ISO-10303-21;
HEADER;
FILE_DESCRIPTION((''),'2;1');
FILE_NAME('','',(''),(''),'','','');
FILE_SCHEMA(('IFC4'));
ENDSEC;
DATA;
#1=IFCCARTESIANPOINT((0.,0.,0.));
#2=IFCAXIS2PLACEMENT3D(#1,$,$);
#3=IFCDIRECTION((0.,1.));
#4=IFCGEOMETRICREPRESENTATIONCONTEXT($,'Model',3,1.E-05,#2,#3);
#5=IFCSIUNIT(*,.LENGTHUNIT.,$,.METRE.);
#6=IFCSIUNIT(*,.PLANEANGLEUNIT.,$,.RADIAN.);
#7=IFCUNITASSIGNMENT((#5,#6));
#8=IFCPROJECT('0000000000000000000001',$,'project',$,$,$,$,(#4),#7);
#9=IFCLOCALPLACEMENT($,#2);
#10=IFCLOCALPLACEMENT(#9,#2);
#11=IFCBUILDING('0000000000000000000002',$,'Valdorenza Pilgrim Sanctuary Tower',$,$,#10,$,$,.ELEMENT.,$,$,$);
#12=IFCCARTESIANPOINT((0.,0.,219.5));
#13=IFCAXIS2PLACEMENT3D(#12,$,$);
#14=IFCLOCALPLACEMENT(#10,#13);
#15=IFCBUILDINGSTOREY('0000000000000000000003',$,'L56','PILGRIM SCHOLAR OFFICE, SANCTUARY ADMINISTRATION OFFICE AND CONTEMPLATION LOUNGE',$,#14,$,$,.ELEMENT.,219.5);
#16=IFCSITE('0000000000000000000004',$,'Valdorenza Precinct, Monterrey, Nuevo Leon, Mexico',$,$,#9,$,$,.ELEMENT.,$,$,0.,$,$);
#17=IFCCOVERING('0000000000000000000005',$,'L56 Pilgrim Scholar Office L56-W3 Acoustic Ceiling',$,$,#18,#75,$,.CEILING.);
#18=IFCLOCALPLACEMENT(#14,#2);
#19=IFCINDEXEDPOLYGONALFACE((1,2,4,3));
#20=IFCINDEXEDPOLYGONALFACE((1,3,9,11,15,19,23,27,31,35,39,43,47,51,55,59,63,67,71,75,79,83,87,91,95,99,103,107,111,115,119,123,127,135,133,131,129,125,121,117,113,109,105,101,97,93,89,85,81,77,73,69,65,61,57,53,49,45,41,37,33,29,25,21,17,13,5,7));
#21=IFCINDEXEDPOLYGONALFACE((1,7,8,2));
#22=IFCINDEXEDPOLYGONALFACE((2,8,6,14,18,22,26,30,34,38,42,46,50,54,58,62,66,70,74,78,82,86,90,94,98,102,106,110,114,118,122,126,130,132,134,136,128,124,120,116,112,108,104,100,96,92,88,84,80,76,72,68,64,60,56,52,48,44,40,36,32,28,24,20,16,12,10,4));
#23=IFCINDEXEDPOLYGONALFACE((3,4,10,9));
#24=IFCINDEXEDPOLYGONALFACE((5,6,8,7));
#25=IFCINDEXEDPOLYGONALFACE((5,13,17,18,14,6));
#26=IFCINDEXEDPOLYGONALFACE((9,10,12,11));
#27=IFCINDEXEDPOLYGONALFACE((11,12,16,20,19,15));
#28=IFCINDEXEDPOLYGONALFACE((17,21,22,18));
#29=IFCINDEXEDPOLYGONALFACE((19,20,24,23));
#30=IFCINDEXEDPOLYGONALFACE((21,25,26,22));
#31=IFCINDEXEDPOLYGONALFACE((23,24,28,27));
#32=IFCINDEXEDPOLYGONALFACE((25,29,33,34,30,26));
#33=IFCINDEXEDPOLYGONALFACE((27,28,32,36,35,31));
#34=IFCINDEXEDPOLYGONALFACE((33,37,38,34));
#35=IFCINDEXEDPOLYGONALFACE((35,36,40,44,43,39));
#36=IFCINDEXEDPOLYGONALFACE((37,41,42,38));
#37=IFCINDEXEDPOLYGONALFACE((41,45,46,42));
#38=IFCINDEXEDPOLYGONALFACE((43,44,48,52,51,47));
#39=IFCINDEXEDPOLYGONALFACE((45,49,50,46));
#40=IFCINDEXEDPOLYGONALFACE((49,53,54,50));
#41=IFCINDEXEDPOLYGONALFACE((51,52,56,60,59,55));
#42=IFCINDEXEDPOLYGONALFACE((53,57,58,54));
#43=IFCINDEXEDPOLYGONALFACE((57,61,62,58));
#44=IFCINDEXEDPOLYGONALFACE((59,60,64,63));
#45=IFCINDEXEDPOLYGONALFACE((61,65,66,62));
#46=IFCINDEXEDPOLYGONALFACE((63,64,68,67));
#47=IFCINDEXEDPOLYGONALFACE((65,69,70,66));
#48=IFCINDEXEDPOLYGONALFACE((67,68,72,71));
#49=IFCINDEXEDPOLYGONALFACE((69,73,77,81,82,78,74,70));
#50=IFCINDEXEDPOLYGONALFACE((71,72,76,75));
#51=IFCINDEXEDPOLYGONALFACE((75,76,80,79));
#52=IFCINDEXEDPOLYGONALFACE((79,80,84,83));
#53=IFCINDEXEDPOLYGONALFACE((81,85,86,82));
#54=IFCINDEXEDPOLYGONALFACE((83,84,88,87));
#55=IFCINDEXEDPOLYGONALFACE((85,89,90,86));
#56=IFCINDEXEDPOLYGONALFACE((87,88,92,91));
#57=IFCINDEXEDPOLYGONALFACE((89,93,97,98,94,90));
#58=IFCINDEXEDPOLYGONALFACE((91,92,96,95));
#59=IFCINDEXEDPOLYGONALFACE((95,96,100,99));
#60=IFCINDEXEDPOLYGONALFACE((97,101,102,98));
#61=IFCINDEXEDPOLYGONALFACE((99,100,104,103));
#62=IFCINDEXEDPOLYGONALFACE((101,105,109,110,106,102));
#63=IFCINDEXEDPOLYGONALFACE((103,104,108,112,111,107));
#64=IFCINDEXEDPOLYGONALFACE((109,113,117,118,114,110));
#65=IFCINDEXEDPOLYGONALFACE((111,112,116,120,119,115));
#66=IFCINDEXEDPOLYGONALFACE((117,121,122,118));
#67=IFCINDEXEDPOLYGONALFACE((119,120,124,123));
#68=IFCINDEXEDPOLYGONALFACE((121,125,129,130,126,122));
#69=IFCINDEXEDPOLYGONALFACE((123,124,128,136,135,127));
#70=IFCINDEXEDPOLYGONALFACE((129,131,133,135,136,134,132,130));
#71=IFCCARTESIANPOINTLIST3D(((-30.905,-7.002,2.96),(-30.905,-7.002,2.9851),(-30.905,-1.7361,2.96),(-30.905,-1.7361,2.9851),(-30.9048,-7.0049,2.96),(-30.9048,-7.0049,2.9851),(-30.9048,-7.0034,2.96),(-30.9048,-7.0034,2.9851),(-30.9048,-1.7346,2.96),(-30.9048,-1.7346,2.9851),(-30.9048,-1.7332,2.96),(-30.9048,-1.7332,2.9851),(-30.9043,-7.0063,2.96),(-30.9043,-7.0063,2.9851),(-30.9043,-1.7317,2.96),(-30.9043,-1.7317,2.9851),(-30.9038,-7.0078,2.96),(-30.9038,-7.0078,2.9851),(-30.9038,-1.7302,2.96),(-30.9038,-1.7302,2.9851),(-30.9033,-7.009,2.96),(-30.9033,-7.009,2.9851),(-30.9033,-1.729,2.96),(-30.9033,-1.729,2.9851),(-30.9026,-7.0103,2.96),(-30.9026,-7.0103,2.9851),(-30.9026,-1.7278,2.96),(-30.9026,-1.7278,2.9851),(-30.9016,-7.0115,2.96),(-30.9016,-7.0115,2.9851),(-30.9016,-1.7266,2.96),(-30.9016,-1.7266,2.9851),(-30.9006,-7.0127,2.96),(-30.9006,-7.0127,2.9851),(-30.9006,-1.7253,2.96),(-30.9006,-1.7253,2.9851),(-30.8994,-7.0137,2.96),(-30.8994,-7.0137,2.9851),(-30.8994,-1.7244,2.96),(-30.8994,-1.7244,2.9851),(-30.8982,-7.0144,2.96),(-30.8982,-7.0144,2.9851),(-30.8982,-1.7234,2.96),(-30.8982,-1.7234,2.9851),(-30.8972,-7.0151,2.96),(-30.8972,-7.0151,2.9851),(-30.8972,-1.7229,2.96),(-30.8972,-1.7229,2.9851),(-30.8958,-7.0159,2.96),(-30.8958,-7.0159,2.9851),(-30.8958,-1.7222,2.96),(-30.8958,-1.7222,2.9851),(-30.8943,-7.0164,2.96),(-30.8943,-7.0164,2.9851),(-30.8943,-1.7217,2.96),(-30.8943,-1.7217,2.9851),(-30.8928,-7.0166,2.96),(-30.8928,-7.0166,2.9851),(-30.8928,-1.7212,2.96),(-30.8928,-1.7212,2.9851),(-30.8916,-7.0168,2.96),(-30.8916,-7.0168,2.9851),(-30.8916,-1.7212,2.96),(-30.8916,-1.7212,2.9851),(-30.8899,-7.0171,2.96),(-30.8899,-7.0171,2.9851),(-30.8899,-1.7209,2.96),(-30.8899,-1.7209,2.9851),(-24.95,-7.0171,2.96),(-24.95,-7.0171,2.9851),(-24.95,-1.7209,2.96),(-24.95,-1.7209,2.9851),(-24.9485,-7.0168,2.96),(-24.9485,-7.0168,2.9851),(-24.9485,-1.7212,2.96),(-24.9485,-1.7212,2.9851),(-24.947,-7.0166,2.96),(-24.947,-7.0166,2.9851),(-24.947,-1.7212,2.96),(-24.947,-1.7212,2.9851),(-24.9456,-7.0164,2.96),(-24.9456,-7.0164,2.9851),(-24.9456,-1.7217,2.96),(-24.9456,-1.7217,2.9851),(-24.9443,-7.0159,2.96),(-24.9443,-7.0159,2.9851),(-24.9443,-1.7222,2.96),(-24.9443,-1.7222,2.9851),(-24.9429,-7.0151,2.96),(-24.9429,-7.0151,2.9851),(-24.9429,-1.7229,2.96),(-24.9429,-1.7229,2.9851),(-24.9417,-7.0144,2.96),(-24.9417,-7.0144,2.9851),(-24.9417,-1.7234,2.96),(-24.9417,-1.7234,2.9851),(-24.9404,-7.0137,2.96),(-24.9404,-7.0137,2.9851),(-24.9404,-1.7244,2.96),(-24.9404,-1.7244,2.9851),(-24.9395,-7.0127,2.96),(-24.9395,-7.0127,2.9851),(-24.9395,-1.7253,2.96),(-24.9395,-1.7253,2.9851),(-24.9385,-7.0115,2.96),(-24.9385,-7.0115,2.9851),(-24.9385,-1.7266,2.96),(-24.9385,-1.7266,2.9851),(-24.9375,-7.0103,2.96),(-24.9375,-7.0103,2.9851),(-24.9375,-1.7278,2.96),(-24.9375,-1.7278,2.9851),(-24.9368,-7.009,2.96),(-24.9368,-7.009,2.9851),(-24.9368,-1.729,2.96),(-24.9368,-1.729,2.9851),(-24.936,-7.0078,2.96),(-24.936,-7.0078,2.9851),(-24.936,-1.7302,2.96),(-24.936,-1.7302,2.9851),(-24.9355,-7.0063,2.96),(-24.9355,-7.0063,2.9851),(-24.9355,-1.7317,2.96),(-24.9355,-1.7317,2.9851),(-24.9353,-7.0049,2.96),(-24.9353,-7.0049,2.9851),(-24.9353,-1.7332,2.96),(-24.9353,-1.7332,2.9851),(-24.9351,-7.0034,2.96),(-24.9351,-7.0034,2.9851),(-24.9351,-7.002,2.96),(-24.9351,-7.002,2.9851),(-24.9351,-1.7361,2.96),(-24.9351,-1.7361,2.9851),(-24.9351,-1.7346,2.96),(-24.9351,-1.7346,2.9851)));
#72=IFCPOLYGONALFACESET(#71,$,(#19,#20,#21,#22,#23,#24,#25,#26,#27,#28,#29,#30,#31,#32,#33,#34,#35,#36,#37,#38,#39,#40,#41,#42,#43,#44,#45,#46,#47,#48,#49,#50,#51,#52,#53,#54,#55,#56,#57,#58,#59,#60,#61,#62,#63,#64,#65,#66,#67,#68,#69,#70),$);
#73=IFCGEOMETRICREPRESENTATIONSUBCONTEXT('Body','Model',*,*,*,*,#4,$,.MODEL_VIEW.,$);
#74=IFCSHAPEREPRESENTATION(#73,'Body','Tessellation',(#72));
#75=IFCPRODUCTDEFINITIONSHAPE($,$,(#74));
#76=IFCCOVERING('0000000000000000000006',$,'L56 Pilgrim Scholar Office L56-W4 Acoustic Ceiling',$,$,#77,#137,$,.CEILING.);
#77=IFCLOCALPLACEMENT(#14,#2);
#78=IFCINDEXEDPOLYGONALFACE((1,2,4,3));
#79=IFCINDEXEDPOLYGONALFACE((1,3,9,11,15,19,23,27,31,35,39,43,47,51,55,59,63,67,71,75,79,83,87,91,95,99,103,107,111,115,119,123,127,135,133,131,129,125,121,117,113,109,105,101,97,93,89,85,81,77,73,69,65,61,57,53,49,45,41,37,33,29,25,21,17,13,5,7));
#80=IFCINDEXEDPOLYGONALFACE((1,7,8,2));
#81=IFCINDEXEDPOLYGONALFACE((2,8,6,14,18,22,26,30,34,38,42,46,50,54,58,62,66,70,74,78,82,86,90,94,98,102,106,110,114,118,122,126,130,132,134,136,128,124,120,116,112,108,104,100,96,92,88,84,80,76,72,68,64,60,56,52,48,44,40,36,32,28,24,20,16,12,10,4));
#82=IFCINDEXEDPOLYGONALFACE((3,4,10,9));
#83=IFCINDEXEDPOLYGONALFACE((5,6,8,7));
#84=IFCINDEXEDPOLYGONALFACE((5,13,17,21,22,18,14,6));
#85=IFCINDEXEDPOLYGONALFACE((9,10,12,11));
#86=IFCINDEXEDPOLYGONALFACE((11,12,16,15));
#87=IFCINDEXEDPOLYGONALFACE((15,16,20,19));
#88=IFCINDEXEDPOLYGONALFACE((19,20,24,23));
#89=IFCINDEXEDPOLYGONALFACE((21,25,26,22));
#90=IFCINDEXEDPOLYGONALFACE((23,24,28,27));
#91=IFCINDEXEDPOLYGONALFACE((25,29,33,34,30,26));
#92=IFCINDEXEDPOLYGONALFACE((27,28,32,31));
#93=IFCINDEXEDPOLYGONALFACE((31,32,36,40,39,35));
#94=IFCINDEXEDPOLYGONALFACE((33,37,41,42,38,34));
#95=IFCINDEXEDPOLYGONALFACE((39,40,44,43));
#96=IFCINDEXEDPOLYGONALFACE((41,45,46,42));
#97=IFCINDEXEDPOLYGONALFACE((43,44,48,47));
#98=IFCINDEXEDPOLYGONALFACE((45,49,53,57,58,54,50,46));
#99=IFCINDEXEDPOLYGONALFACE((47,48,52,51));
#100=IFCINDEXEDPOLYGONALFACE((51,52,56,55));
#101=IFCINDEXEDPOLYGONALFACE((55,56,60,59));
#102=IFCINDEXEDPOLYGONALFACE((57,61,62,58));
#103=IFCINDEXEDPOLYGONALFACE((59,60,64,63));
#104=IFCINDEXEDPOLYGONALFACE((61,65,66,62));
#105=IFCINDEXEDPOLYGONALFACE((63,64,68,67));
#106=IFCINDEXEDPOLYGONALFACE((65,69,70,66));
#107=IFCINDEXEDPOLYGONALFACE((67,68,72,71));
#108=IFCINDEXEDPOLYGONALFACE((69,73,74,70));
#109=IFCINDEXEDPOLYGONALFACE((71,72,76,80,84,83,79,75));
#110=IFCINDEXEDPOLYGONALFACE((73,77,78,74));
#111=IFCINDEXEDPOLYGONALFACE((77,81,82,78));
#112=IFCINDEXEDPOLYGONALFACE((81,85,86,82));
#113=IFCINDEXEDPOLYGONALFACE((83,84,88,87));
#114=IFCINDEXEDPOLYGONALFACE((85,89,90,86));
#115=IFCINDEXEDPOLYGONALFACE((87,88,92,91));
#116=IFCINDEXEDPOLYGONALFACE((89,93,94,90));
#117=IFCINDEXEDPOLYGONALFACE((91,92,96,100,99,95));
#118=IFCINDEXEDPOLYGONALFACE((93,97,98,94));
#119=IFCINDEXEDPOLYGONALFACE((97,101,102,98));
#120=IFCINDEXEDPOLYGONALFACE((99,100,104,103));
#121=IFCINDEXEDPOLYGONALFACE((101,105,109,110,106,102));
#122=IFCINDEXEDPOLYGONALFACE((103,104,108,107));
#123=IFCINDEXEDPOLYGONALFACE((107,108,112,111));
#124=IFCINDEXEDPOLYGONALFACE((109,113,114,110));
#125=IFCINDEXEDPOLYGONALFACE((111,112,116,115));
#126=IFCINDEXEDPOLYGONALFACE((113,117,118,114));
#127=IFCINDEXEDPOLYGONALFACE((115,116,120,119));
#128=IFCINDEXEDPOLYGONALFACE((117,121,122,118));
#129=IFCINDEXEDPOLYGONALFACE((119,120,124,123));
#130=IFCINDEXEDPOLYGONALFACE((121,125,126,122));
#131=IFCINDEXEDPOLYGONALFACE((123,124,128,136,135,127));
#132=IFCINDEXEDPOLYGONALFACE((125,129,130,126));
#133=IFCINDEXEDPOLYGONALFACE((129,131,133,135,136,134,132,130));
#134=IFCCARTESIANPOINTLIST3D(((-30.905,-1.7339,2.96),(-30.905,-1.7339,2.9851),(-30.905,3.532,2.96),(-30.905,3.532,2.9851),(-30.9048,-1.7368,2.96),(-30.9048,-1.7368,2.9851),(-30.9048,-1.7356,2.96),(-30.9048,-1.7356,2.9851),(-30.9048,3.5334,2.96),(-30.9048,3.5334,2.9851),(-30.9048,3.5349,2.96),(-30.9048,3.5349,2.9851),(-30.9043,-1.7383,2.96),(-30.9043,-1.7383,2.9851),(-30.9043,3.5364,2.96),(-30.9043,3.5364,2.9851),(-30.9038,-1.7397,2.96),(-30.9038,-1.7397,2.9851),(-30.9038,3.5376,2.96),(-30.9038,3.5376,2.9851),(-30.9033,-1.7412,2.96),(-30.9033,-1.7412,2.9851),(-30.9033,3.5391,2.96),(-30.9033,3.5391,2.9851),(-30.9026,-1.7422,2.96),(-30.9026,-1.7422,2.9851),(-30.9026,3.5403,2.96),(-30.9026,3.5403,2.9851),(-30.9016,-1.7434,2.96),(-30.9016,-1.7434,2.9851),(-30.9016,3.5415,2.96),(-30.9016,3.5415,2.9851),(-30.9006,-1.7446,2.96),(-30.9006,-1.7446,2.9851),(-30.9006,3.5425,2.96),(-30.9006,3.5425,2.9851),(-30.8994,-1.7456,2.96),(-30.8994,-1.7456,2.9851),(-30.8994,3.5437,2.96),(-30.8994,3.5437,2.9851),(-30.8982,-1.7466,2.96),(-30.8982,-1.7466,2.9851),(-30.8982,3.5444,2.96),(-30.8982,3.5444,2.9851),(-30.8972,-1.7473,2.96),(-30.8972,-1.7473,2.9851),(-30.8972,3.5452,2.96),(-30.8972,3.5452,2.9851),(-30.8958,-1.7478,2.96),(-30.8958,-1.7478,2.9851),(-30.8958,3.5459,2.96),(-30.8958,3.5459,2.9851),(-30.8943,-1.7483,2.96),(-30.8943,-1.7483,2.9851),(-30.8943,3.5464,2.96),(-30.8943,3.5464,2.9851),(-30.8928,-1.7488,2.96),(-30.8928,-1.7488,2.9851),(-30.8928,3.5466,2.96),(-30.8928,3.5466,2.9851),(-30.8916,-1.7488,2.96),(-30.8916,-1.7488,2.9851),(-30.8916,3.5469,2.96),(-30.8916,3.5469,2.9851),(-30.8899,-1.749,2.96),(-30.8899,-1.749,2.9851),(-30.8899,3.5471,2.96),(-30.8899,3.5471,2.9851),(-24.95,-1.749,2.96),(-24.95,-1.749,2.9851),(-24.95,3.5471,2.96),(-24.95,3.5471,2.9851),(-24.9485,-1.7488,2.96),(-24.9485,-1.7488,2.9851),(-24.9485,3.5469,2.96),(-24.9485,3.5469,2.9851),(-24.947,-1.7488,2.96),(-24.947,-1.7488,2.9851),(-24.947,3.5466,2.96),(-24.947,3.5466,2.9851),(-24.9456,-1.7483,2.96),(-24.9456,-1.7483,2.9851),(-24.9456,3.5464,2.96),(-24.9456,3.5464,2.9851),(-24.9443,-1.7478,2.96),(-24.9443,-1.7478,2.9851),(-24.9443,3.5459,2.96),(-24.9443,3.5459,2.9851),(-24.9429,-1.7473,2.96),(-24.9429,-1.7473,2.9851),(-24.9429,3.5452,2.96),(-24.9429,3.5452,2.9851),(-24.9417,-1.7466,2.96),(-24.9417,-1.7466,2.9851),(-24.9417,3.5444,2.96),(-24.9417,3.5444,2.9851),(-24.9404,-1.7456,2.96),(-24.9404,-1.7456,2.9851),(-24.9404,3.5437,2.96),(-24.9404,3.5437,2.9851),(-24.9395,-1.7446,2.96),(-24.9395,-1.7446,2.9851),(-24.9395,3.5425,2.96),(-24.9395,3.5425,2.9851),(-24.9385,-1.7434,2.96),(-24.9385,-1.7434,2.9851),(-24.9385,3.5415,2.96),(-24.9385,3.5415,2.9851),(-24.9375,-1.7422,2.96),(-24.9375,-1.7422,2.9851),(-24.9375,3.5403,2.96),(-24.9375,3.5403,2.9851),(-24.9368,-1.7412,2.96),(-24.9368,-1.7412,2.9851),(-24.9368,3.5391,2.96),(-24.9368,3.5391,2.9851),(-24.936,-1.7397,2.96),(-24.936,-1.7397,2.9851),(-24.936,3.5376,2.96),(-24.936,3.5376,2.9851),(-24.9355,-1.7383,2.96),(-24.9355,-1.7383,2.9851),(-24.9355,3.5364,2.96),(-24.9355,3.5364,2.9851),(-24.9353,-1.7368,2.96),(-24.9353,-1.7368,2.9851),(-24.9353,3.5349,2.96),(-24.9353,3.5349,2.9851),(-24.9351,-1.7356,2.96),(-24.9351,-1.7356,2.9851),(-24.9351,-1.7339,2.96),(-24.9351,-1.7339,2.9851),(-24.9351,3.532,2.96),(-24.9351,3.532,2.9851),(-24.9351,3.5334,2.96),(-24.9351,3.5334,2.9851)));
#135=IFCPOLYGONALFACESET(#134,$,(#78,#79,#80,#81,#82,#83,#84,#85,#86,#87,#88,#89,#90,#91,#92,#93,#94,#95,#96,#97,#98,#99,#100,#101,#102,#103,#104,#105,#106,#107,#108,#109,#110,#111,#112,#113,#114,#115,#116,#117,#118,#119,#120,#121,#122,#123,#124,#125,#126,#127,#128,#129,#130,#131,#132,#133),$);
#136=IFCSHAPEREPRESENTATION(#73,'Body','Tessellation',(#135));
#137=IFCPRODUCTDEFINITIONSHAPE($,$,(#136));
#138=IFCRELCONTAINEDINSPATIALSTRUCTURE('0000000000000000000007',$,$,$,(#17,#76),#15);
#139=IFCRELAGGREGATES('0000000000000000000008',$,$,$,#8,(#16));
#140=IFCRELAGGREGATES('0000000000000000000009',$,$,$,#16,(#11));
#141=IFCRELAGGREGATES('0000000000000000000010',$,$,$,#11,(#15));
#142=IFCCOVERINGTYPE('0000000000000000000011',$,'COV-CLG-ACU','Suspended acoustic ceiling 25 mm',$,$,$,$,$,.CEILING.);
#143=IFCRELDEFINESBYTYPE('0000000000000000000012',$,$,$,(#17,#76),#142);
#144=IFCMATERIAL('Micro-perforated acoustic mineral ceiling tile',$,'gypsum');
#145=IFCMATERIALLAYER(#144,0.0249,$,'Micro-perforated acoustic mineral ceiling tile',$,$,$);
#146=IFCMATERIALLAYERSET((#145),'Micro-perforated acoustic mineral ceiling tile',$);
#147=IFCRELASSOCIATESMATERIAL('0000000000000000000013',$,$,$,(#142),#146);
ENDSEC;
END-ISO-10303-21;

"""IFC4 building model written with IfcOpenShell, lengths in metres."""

from ifc_helpers import new_model, si_unit, direction, frame, origin, place, context, subcontext, project, spatial, polyline, outline, extrude, material, layer, layer_set, type_object, element, save


model = new_model("IFC4")

# Units and contexts
model_context = context("Model", 3, precision=1e-05, world=origin(), true_north=direction((0.0, 1.0)))
body_context = subcontext(model_context, "Body", "Model", "MODEL_VIEW")
ifc_project = project(units=[si_unit("LENGTHUNIT", "METRE"), si_unit("PLANEANGLEUNIT", "RADIAN")], contexts=[model_context])

# Site, building, storey
site_placement = place(None, origin())
site = spatial("IfcSite", under=ifc_project, at=site_placement, Name="Valdorenza Precinct, Monterrey, Nuevo Leon, Mexico", CompositionType="ELEMENT", RefElevation=0.0)
building_placement = place(site_placement, origin())
building = spatial("IfcBuilding", under=site, at=building_placement, Name="Valdorenza Pilgrim Sanctuary Tower", CompositionType="ELEMENT")
storey_placement = place(building_placement, frame((0.0, 0.0, 219.5)))
storey = spatial("IfcBuildingStorey", under=building, at=storey_placement, Name="L56", Description="PILGRIM SCHOLAR OFFICE, SANCTUARY ADMINISTRATION OFFICE AND CONTEMPLATION LOUNGE", CompositionType="ELEMENT", Elevation=219.5)

# Coverings
ifc_material_1 = material(Name="Micro-perforated acoustic mineral ceiling tile", Category="gypsum")
ifc_layer_1 = layer(ifc_material_1, 0.0249, Name="Micro-perforated acoustic mineral ceiling tile")
ifc_layer_set_1 = layer_set([ifc_layer_1], Name="Micro-perforated acoustic mineral ceiling tile")
covering_type_1 = type_object("IfcCoveringType", Name="COV-CLG-ACU", Description="Suspended acoustic ceiling 25 mm", PredefinedType="CEILING", material=ifc_layer_set_1)
covering_1_placement = place(storey_placement, frame((0.0, 0.0, 2.96)))
element("IfcCovering", 1, at=covering_1_placement, inside=storey, type_object=covering_type_1, Name="L56 Pilgrim Scholar Office L56-W3 Acoustic Ceiling", PredefinedType="CEILING", context=body_context, shape_type="SweptSolid", body=[
    extrude(outline(polyline([(-24.9351, -7.002), (-24.9351, -7.0034), (-24.9353, -7.0049), (-24.9355, -7.0063), (-24.936, -7.0078), (-24.9368, -7.009), (-24.9375, -7.0103), (-24.9385, -7.0115), (-24.9395, -7.0127), (-24.9404, -7.0137), (-24.9417, -7.0144), (-24.9429, -7.0151), (-24.9443, -7.0159), (-24.9456, -7.0164), (-24.947, -7.0166), (-24.9485, -7.0168), (-24.95, -7.0171), (-30.8899, -7.0171), (-30.8916, -7.0168), (-30.8928, -7.0166), (-30.8943, -7.0164), (-30.8958, -7.0159), (-30.8972, -7.0151), (-30.8982, -7.0144), (-30.8994, -7.0137), (-30.9006, -7.0127), (-30.9016, -7.0115), (-30.9026, -7.0103), (-30.9033, -7.009), (-30.9038, -7.0078), (-30.9043, -7.0063), (-30.9048, -7.0049), (-30.9048, -7.0034), (-30.905, -7.002), (-30.905, -1.7361), (-30.9048, -1.7346), (-30.9048, -1.7332), (-30.9043, -1.7317), (-30.9038, -1.7302), (-30.9033, -1.729), (-30.9026, -1.7278), (-30.9016, -1.7266), (-30.9006, -1.7253), (-30.8994, -1.7244), (-30.8982, -1.7234), (-30.8972, -1.7229), (-30.8958, -1.7222), (-30.8943, -1.7217), (-30.8928, -1.7212), (-30.8916, -1.7212), (-30.8899, -1.7209), (-24.95, -1.7209), (-24.9485, -1.7212), (-24.947, -1.7212), (-24.9456, -1.7217), (-24.9443, -1.7222), (-24.9429, -1.7229), (-24.9417, -1.7234), (-24.9404, -1.7244), (-24.9395, -1.7253), (-24.9385, -1.7266), (-24.9375, -1.7278), (-24.9368, -1.729), (-24.936, -1.7302), (-24.9355, -1.7317), (-24.9353, -1.7332), (-24.9351, -1.7346), (-24.9351, -1.7361), (-24.9351, -7.002)])), origin(), (0.0, 0.0, 1.0), 0.0251),
])
covering_2_placement = place(storey_placement, frame((0.0, 0.0, 2.96)))
element("IfcCovering", 2, at=covering_2_placement, inside=storey, type_object=covering_type_1, Name="L56 Pilgrim Scholar Office L56-W4 Acoustic Ceiling", PredefinedType="CEILING", context=body_context, shape_type="SweptSolid", body=[
    extrude(outline(polyline([(-24.9351, -1.7339), (-24.9351, -1.7356), (-24.9353, -1.7368), (-24.9355, -1.7383), (-24.936, -1.7397), (-24.9368, -1.7412), (-24.9375, -1.7422), (-24.9385, -1.7434), (-24.9395, -1.7446), (-24.9404, -1.7456), (-24.9417, -1.7466), (-24.9429, -1.7473), (-24.9443, -1.7478), (-24.9456, -1.7483), (-24.947, -1.7488), (-24.9485, -1.7488), (-24.95, -1.749), (-30.8899, -1.749), (-30.8916, -1.7488), (-30.8928, -1.7488), (-30.8943, -1.7483), (-30.8958, -1.7478), (-30.8972, -1.7473), (-30.8982, -1.7466), (-30.8994, -1.7456), (-30.9006, -1.7446), (-30.9016, -1.7434), (-30.9026, -1.7422), (-30.9033, -1.7412), (-30.9038, -1.7397), (-30.9043, -1.7383), (-30.9048, -1.7368), (-30.9048, -1.7356), (-30.905, -1.7339), (-30.905, 3.532), (-30.9048, 3.5334), (-30.9048, 3.5349), (-30.9043, 3.5364), (-30.9038, 3.5376), (-30.9033, 3.5391), (-30.9026, 3.5403), (-30.9016, 3.5415), (-30.9006, 3.5425), (-30.8994, 3.5437), (-30.8982, 3.5444), (-30.8972, 3.5452), (-30.8958, 3.5459), (-30.8943, 3.5464), (-30.8928, 3.5466), (-30.8916, 3.5469), (-30.8899, 3.5471), (-24.95, 3.5471), (-24.9485, 3.5469), (-24.947, 3.5466), (-24.9456, 3.5464), (-24.9443, 3.5459), (-24.9429, 3.5452), (-24.9417, 3.5444), (-24.9404, 3.5437), (-24.9395, 3.5425), (-24.9385, 3.5415), (-24.9375, 3.5403), (-24.9368, 3.5391), (-24.936, 3.5376), (-24.9355, 3.5364), (-24.9353, 3.5349), (-24.9351, 3.5334), (-24.9351, 3.532), (-24.9351, -1.7339)])), origin(), (0.0, 0.0, 1.0), 0.0251),
])

save(model, "model.ifc")
